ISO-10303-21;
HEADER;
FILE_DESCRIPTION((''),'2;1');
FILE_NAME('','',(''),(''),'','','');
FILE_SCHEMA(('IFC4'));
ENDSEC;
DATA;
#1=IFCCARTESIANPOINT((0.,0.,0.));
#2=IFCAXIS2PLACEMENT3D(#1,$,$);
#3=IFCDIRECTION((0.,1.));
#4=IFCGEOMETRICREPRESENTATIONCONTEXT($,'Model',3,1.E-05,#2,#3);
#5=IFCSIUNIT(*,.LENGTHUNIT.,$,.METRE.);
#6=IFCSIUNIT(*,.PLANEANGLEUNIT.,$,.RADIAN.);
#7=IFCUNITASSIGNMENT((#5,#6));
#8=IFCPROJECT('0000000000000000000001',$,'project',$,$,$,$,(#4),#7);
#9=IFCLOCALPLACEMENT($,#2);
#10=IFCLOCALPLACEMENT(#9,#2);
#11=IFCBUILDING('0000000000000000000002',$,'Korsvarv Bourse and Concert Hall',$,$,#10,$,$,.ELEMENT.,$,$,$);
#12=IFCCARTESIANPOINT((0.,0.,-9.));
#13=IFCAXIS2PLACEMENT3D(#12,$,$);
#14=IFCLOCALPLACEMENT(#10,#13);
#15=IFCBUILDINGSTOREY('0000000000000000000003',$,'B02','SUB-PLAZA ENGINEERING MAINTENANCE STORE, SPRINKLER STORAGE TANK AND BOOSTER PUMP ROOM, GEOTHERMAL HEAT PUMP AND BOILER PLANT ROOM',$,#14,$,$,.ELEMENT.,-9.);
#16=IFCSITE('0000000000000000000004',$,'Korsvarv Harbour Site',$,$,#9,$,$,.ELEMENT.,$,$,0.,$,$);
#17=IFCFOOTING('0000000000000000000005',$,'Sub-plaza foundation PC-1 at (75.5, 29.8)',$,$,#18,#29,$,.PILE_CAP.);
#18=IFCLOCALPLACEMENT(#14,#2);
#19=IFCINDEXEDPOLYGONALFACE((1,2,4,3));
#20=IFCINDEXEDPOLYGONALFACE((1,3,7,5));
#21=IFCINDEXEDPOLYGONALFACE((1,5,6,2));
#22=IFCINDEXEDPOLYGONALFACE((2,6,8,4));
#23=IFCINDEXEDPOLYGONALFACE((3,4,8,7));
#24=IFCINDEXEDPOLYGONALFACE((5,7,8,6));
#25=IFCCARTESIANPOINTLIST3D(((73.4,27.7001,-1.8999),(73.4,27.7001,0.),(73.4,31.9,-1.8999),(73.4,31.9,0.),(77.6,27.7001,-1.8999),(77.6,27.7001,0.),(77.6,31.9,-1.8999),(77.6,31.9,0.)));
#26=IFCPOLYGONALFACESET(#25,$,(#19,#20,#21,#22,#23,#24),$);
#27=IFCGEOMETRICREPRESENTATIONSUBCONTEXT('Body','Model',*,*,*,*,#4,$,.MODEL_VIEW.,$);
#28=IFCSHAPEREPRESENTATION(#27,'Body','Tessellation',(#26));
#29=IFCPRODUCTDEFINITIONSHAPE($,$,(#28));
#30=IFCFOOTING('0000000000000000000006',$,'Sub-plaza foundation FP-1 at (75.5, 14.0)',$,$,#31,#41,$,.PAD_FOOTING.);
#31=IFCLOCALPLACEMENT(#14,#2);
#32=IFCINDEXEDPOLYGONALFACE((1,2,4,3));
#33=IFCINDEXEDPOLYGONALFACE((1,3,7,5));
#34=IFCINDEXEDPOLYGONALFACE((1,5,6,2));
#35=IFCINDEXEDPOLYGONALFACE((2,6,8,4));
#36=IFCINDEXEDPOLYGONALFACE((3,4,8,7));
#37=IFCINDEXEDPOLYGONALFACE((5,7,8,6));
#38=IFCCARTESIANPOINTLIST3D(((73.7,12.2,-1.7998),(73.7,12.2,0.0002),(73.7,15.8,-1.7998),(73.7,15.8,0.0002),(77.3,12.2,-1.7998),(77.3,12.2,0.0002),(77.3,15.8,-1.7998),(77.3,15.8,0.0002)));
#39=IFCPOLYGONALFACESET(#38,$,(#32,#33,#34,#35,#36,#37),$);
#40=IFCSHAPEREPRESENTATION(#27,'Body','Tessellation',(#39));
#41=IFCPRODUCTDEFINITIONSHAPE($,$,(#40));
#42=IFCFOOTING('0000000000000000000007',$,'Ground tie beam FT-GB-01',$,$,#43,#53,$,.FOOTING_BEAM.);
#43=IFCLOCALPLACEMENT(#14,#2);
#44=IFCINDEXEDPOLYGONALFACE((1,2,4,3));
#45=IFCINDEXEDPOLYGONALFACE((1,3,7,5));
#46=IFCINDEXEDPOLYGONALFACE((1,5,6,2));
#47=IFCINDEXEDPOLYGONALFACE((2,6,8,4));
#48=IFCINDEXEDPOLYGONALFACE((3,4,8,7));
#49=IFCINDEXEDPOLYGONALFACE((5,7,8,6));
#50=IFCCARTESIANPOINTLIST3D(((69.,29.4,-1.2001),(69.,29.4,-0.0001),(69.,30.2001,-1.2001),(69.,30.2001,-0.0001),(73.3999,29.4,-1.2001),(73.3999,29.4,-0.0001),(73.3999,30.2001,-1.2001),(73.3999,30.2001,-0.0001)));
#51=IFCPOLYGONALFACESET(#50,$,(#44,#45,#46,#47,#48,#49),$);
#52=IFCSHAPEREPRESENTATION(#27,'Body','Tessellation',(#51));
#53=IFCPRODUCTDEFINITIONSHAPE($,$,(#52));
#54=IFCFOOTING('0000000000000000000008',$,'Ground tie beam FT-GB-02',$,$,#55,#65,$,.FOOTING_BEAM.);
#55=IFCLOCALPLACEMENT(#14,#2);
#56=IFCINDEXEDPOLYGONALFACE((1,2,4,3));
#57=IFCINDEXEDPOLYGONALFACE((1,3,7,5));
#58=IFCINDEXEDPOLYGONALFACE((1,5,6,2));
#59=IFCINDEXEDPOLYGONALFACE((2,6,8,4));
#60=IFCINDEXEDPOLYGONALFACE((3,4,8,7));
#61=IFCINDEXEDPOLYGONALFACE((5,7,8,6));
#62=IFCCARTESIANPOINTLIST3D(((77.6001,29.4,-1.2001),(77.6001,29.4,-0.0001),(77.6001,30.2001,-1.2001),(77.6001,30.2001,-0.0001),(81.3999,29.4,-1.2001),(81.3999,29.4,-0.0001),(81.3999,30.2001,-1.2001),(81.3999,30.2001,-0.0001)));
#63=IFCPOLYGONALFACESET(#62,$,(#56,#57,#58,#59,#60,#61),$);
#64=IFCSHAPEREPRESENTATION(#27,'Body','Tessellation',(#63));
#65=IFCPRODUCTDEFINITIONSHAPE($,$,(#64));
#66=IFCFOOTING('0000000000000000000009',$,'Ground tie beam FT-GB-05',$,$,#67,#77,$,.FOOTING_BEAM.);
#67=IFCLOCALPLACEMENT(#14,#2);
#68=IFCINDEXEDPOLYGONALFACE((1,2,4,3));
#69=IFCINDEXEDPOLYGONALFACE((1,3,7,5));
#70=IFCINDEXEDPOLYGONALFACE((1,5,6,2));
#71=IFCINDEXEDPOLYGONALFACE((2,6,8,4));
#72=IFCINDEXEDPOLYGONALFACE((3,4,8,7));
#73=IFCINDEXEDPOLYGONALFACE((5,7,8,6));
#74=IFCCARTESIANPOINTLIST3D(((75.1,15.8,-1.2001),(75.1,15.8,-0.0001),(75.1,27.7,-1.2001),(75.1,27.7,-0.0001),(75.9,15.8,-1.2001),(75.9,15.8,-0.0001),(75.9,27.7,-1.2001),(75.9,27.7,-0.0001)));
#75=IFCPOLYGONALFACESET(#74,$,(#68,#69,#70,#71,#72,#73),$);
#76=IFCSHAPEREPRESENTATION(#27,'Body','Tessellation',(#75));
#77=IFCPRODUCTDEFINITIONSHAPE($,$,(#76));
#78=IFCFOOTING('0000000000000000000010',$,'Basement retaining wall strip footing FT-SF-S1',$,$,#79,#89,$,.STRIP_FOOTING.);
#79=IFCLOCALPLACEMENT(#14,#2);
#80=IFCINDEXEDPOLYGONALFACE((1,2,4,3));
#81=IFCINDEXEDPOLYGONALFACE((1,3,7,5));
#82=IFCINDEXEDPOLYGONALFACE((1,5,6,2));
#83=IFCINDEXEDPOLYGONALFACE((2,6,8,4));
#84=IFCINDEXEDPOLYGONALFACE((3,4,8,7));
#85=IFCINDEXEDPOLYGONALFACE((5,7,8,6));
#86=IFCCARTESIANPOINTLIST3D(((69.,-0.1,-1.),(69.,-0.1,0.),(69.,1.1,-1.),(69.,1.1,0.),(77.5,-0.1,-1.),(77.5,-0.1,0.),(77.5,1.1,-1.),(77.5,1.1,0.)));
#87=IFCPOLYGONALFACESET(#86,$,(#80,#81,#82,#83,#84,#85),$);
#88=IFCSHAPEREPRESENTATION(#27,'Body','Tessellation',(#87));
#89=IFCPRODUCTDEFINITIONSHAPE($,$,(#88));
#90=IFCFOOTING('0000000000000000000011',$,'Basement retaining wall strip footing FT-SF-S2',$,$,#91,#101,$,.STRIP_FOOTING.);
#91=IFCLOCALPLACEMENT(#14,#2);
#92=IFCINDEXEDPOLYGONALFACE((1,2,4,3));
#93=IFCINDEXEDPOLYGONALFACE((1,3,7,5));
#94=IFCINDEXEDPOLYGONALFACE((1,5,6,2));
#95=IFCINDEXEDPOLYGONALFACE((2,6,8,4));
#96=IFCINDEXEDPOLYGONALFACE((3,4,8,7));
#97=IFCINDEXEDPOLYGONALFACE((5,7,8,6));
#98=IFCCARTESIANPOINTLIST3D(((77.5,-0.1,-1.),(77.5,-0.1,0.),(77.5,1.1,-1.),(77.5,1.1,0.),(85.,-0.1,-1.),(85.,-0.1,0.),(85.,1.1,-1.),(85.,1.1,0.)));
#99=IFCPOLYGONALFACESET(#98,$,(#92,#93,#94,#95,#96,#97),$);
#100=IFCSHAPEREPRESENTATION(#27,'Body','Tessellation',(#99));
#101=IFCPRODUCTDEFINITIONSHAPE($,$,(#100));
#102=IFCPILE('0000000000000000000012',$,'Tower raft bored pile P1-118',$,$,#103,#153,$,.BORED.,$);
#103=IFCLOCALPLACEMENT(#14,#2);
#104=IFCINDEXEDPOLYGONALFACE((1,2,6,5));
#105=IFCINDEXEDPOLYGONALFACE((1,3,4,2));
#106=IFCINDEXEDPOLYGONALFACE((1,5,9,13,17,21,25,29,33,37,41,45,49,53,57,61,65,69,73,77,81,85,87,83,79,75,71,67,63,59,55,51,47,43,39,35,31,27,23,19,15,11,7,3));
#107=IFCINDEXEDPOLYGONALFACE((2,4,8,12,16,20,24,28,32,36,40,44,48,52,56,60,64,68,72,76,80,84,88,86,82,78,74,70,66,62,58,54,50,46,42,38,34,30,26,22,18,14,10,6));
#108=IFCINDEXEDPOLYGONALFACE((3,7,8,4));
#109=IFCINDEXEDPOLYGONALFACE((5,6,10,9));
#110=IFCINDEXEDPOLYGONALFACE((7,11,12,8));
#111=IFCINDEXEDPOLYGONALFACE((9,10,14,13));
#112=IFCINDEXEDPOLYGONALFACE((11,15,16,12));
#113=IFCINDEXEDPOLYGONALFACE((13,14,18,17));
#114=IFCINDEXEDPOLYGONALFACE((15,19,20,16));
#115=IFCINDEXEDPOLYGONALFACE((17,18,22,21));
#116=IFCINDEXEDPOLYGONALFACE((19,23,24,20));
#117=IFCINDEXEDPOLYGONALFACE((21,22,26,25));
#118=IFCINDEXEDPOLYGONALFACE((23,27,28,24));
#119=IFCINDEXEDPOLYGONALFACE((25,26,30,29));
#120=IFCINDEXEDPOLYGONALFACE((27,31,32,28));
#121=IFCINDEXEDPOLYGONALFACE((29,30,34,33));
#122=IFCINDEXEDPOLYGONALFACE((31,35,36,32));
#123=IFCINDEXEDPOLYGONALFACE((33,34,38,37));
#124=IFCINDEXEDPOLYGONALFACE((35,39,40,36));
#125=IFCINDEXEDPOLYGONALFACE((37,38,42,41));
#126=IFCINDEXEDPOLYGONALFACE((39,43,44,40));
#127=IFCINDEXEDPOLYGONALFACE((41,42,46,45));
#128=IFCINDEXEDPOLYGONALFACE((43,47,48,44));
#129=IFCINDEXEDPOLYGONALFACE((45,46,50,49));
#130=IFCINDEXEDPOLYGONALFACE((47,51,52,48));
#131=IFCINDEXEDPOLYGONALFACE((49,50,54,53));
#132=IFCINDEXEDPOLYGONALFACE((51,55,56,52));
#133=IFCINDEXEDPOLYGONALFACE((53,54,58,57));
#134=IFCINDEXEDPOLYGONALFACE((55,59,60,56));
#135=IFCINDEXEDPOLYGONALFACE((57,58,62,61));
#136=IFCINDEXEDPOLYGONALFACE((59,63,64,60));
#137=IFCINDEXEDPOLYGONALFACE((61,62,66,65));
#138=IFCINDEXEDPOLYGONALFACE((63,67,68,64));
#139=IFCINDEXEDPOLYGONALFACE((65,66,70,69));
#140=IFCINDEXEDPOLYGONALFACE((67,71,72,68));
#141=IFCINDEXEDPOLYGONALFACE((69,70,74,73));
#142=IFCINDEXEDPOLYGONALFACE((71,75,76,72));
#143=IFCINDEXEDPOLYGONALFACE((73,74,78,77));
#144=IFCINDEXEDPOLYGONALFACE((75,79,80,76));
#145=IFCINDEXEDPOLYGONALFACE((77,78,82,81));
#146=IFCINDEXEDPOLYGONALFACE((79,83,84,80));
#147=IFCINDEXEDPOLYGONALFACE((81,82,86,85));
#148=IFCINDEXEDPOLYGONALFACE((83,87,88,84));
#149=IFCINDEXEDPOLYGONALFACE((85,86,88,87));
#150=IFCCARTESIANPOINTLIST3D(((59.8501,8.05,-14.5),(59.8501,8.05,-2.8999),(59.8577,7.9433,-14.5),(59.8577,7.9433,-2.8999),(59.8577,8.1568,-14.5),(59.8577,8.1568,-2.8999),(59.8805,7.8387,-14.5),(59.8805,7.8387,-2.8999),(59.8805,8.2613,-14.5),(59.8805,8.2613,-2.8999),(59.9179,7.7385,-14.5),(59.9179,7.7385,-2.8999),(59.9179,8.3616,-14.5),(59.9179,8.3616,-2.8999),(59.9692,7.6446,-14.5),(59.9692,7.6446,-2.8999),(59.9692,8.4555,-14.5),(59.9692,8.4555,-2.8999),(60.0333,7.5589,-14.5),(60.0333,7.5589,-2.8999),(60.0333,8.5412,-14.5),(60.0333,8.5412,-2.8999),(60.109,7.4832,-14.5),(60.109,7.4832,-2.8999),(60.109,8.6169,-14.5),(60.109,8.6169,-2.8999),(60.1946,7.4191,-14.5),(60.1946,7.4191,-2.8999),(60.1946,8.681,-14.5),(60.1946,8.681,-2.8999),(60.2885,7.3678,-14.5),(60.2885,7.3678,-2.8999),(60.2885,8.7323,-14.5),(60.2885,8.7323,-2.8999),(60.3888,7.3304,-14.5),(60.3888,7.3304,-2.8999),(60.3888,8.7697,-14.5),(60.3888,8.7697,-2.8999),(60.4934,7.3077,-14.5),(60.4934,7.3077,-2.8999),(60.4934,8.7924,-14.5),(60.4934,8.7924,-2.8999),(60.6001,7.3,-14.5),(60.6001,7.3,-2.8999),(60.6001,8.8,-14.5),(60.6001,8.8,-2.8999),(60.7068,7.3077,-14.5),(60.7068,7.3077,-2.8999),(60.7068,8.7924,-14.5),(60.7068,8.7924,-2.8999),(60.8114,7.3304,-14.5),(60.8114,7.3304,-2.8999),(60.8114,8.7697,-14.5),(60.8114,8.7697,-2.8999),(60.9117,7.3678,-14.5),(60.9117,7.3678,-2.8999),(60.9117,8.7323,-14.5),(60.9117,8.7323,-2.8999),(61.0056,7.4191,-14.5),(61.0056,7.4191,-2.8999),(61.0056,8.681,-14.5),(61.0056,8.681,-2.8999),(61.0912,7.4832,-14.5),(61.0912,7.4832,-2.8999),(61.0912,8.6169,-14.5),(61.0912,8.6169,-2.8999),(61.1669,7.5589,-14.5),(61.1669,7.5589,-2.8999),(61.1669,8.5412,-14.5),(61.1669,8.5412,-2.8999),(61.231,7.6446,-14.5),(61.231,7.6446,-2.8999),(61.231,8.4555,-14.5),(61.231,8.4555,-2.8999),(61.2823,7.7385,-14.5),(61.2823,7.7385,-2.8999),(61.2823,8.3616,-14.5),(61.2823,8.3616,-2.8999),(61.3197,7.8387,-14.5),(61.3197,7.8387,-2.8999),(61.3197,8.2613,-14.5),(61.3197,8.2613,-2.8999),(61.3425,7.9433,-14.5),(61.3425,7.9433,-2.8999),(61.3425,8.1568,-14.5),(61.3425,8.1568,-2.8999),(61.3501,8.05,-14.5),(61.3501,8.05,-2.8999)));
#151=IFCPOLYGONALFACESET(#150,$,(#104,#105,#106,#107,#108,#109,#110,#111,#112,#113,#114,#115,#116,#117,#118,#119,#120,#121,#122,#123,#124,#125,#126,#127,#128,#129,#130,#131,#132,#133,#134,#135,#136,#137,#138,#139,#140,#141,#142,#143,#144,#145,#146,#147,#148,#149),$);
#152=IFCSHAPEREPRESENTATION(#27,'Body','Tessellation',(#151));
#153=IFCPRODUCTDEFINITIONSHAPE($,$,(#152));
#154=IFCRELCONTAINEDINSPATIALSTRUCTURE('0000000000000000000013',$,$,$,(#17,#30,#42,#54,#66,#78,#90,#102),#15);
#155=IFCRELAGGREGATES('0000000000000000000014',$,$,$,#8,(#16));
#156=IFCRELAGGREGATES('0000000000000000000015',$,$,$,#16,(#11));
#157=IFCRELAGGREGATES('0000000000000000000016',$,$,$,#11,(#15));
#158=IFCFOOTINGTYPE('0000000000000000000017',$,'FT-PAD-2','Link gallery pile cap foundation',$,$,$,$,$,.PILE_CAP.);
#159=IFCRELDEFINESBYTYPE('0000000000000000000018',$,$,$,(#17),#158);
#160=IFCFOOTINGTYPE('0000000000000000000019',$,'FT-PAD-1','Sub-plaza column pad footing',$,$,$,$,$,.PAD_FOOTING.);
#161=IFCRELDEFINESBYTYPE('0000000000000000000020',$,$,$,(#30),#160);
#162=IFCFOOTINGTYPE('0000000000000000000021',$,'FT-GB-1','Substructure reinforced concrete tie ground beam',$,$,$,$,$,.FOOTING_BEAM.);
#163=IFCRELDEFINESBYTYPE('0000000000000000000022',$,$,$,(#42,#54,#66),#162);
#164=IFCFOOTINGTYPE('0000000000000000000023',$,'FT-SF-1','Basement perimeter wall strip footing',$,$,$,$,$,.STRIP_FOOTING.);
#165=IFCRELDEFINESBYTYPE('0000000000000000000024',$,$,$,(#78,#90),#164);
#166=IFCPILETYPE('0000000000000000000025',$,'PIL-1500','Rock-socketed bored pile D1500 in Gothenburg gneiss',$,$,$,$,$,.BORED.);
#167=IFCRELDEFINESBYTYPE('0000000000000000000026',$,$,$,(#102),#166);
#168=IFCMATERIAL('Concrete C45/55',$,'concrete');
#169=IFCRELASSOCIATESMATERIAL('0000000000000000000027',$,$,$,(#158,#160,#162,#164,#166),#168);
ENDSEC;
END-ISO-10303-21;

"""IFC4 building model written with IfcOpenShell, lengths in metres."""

from ifc_helpers import new_model, si_unit, direction, frame, origin, origin_2d, place, context, subcontext, project, spatial, rectangle, circle, extrude, source, transform, mapped, material, material_profile, profile_set, type_object, element, save


model = new_model("IFC4")

# Units and contexts
model_context = context("Model", 3, precision=1e-05, world=origin(), true_north=direction((0.0, 1.0)))
body_context = subcontext(model_context, "Body", "Model", "MODEL_VIEW")
ifc_project = project(units=[si_unit("LENGTHUNIT", "METRE"), si_unit("PLANEANGLEUNIT", "RADIAN")], contexts=[model_context])

# Site, building, storey
site_placement = place(None, origin())
site = spatial("IfcSite", under=ifc_project, at=site_placement, Name="Korsvarv Harbour Site", CompositionType="ELEMENT", RefElevation=0.0)
building_placement = place(site_placement, origin())
building = spatial("IfcBuilding", under=site, at=building_placement, Name="Korsvarv Bourse and Concert Hall", CompositionType="ELEMENT")
storey_placement = place(building_placement, frame((0.0, 0.0, -9.0)))
storey = spatial("IfcBuildingStorey", under=building, at=storey_placement, Name="B02", Description="SUB-PLAZA ENGINEERING MAINTENANCE STORE, SPRINKLER STORAGE TANK AND BOOSTER PUMP ROOM, GEOTHERMAL HEAT PUMP AND BOILER PLANT ROOM", CompositionType="ELEMENT", Elevation=-9.0)

# Footings
ifc_material_1 = material(Name="Concrete C45/55", Category="concrete")
footing_type_1 = type_object("IfcFootingType", Name="FT-PAD-2", Description="Link gallery pile cap foundation", PredefinedType="PILE_CAP", material=ifc_material_1)
shared_shape_1 = source(origin(), body_context, "Body", "SweptSolid", [
    extrude(rectangle(XDim=4.2, YDim=4.2, at=origin_2d()), origin(), (0.0, 0.0, 1.0), 1.8999),
])
footing_1_placement = place(storey_placement, frame((75.5, 29.8, -1.8999), z_axis=(0.0, 0.0, 1.0), x_axis=(1.0, 0.0, 0.0)))
element("IfcFooting", 1, at=footing_1_placement, inside=storey, type_object=footing_type_1, Name="Sub-plaza foundation PC-1 at (75.5, 29.8)", PredefinedType="PILE_CAP", context=body_context, shape_type="MappedRepresentation", body=[
    mapped(shared_shape_1, transform((0.0, 0.0, 0.0), scale=1.0)),
])
footing_type_2 = type_object("IfcFootingType", Name="FT-PAD-1", Description="Sub-plaza column pad footing", PredefinedType="PAD_FOOTING", material=ifc_material_1)
shared_shape_2 = source(origin(), body_context, "Body", "SweptSolid", [
    extrude(rectangle(XDim=3.6001, YDim=3.6001, at=origin_2d()), origin(), (0.0, 0.0, 1.0), 1.8),
])
footing_2_placement = place(storey_placement, frame((75.5, 14.0, -1.7998), z_axis=(0.0, 0.0, 1.0), x_axis=(1.0, 0.0, 0.0)))
element("IfcFooting", 2, at=footing_2_placement, inside=storey, type_object=footing_type_2, Name="Sub-plaza foundation FP-1 at (75.5, 14.0)", PredefinedType="PAD_FOOTING", context=body_context, shape_type="MappedRepresentation", body=[
    mapped(shared_shape_2, transform((0.0, 0.0, 0.0), scale=1.0)),
])
ifc_material_profile_1 = material_profile(ifc_material_1, rectangle(XDim=0.8, YDim=1.2, at=origin_2d()), Name="GB 800x1200")
ifc_profile_set_1 = profile_set([ifc_material_profile_1], Name="Concrete C45/55")
footing_type_3 = type_object("IfcFootingType", Name="FT-GB-1", Description="Substructure reinforced concrete tie ground beam", PredefinedType="FOOTING_BEAM", material=ifc_profile_set_1)
shared_shape_3 = source(origin(), body_context, "Body", "SweptSolid", [
    extrude(rectangle(XDim=0.8, YDim=1.2, at=origin_2d()), origin(), (0.0, 0.0, 1.0), 4.3999),
])
footing_3_placement = place(storey_placement, frame((69.0, 29.8, -0.6001), z_axis=(1.0, 0.0, 0.0), x_axis=(0.0, 1.0, 0.0)))
element("IfcFooting", 3, at=footing_3_placement, inside=storey, type_object=footing_type_3, Name="Ground tie beam FT-GB-01", PredefinedType="FOOTING_BEAM", context=body_context, shape_type="MappedRepresentation", body=[
    mapped(shared_shape_3, transform((0.0, 0.0, 0.0), scale=1.0)),
])
shared_shape_4 = source(origin(), body_context, "Body", "SweptSolid", [
    extrude(rectangle(XDim=0.8, YDim=1.2, at=origin_2d()), origin(), (0.0, 0.0, 1.0), 3.7998),
])
footing_4_placement = place(storey_placement, frame((77.6001, 29.8, -0.6001), z_axis=(1.0, 0.0, 0.0), x_axis=(0.0, 1.0, 0.0)))
element("IfcFooting", 4, at=footing_4_placement, inside=storey, type_object=footing_type_3, Name="Ground tie beam FT-GB-02", PredefinedType="FOOTING_BEAM", context=body_context, shape_type="MappedRepresentation", body=[
    mapped(shared_shape_4, transform((0.0, 0.0, 0.0), scale=1.0)),
])
shared_shape_5 = source(origin(), body_context, "Body", "SweptSolid", [
    extrude(rectangle(XDim=0.8, YDim=1.2, at=origin_2d()), origin(), (0.0, 0.0, 1.0), 11.8999),
])
footing_5_placement = place(storey_placement, frame((75.5, 15.8, -0.6001), z_axis=(0.0, 1.0, 0.0), x_axis=(-1.0, 0.0, 0.0)))
element("IfcFooting", 5, at=footing_5_placement, inside=storey, type_object=footing_type_3, Name="Ground tie beam FT-GB-05", PredefinedType="FOOTING_BEAM", context=body_context, shape_type="MappedRepresentation", body=[
    mapped(shared_shape_5, transform((0.0, 0.0, 0.0), scale=1.0)),
])
ifc_material_profile_2 = material_profile(ifc_material_1, rectangle(XDim=1.2, YDim=1.0, at=origin_2d()), Name="SF 1200x1000")
ifc_profile_set_2 = profile_set([ifc_material_profile_2], Name="Concrete C45/55")
footing_type_4 = type_object("IfcFootingType", Name="FT-SF-1", Description="Basement perimeter wall strip footing", PredefinedType="STRIP_FOOTING", material=ifc_profile_set_2)
shared_shape_6 = source(origin(), body_context, "Body", "SweptSolid", [
    extrude(rectangle(XDim=1.2, YDim=1.0, at=origin_2d()), origin(), (0.0, 0.0, 1.0), 8.5),
])
footing_6_placement = place(storey_placement, frame((69.0, 0.5, -0.5), z_axis=(1.0, 0.0, 0.0), x_axis=(0.0, 1.0, 0.0)))
element("IfcFooting", 6, at=footing_6_placement, inside=storey, type_object=footing_type_4, Name="Basement retaining wall strip footing FT-SF-S1", PredefinedType="STRIP_FOOTING", context=body_context, shape_type="MappedRepresentation", body=[
    mapped(shared_shape_6, transform((0.0, 0.0, 0.0), scale=1.0)),
])
shared_shape_7 = source(origin(), body_context, "Body", "SweptSolid", [
    extrude(rectangle(XDim=1.2, YDim=1.0, at=origin_2d()), origin(), (0.0, 0.0, 1.0), 7.5),
])
footing_7_placement = place(storey_placement, frame((77.5, 0.5, -0.5), z_axis=(1.0, 0.0, 0.0), x_axis=(0.0, 1.0, 0.0)))
element("IfcFooting", 7, at=footing_7_placement, inside=storey, type_object=footing_type_4, Name="Basement retaining wall strip footing FT-SF-S2", PredefinedType="STRIP_FOOTING", context=body_context, shape_type="MappedRepresentation", body=[
    mapped(shared_shape_7, transform((0.0, 0.0, 0.0), scale=1.0)),
])

# Pile
ifc_material_profile_3 = material_profile(ifc_material_1, circle(Radius=0.75, at=origin_2d()), Name="PILE D1500")
ifc_profile_set_3 = profile_set([ifc_material_profile_3], Name="Concrete C45/55")
pile_type_1 = type_object("IfcPileType", Name="PIL-1500", Description="Rock-socketed bored pile D1500 in Gothenburg gneiss", PredefinedType="BORED", material=ifc_profile_set_3)
shared_shape_8 = source(origin(), body_context, "Body", "SweptSolid", [
    extrude(circle(Radius=0.75, at=origin_2d()), origin(), (0.0, 0.0, 1.0), 11.6001),
])
for number, where, z_axis, x_axis, name in (
    (8, (60.6001, 8.05, -2.8999), (0.0, 0.0, -1.0), (1.0, 0.0, 0.0), "Tower raft bored pile P1-118"),
):
    element("IfcPile", number, at=place(storey_placement, frame(where, z_axis=z_axis, x_axis=x_axis)), inside=storey, type_object=pile_type_1, Name=name, PredefinedType="BORED", context=body_context, shape_type="MappedRepresentation", body=[
        mapped(shared_shape_8, transform((0.0, 0.0, 0.0), scale=1.0)),
    ])

save(model, "model.ifc")
